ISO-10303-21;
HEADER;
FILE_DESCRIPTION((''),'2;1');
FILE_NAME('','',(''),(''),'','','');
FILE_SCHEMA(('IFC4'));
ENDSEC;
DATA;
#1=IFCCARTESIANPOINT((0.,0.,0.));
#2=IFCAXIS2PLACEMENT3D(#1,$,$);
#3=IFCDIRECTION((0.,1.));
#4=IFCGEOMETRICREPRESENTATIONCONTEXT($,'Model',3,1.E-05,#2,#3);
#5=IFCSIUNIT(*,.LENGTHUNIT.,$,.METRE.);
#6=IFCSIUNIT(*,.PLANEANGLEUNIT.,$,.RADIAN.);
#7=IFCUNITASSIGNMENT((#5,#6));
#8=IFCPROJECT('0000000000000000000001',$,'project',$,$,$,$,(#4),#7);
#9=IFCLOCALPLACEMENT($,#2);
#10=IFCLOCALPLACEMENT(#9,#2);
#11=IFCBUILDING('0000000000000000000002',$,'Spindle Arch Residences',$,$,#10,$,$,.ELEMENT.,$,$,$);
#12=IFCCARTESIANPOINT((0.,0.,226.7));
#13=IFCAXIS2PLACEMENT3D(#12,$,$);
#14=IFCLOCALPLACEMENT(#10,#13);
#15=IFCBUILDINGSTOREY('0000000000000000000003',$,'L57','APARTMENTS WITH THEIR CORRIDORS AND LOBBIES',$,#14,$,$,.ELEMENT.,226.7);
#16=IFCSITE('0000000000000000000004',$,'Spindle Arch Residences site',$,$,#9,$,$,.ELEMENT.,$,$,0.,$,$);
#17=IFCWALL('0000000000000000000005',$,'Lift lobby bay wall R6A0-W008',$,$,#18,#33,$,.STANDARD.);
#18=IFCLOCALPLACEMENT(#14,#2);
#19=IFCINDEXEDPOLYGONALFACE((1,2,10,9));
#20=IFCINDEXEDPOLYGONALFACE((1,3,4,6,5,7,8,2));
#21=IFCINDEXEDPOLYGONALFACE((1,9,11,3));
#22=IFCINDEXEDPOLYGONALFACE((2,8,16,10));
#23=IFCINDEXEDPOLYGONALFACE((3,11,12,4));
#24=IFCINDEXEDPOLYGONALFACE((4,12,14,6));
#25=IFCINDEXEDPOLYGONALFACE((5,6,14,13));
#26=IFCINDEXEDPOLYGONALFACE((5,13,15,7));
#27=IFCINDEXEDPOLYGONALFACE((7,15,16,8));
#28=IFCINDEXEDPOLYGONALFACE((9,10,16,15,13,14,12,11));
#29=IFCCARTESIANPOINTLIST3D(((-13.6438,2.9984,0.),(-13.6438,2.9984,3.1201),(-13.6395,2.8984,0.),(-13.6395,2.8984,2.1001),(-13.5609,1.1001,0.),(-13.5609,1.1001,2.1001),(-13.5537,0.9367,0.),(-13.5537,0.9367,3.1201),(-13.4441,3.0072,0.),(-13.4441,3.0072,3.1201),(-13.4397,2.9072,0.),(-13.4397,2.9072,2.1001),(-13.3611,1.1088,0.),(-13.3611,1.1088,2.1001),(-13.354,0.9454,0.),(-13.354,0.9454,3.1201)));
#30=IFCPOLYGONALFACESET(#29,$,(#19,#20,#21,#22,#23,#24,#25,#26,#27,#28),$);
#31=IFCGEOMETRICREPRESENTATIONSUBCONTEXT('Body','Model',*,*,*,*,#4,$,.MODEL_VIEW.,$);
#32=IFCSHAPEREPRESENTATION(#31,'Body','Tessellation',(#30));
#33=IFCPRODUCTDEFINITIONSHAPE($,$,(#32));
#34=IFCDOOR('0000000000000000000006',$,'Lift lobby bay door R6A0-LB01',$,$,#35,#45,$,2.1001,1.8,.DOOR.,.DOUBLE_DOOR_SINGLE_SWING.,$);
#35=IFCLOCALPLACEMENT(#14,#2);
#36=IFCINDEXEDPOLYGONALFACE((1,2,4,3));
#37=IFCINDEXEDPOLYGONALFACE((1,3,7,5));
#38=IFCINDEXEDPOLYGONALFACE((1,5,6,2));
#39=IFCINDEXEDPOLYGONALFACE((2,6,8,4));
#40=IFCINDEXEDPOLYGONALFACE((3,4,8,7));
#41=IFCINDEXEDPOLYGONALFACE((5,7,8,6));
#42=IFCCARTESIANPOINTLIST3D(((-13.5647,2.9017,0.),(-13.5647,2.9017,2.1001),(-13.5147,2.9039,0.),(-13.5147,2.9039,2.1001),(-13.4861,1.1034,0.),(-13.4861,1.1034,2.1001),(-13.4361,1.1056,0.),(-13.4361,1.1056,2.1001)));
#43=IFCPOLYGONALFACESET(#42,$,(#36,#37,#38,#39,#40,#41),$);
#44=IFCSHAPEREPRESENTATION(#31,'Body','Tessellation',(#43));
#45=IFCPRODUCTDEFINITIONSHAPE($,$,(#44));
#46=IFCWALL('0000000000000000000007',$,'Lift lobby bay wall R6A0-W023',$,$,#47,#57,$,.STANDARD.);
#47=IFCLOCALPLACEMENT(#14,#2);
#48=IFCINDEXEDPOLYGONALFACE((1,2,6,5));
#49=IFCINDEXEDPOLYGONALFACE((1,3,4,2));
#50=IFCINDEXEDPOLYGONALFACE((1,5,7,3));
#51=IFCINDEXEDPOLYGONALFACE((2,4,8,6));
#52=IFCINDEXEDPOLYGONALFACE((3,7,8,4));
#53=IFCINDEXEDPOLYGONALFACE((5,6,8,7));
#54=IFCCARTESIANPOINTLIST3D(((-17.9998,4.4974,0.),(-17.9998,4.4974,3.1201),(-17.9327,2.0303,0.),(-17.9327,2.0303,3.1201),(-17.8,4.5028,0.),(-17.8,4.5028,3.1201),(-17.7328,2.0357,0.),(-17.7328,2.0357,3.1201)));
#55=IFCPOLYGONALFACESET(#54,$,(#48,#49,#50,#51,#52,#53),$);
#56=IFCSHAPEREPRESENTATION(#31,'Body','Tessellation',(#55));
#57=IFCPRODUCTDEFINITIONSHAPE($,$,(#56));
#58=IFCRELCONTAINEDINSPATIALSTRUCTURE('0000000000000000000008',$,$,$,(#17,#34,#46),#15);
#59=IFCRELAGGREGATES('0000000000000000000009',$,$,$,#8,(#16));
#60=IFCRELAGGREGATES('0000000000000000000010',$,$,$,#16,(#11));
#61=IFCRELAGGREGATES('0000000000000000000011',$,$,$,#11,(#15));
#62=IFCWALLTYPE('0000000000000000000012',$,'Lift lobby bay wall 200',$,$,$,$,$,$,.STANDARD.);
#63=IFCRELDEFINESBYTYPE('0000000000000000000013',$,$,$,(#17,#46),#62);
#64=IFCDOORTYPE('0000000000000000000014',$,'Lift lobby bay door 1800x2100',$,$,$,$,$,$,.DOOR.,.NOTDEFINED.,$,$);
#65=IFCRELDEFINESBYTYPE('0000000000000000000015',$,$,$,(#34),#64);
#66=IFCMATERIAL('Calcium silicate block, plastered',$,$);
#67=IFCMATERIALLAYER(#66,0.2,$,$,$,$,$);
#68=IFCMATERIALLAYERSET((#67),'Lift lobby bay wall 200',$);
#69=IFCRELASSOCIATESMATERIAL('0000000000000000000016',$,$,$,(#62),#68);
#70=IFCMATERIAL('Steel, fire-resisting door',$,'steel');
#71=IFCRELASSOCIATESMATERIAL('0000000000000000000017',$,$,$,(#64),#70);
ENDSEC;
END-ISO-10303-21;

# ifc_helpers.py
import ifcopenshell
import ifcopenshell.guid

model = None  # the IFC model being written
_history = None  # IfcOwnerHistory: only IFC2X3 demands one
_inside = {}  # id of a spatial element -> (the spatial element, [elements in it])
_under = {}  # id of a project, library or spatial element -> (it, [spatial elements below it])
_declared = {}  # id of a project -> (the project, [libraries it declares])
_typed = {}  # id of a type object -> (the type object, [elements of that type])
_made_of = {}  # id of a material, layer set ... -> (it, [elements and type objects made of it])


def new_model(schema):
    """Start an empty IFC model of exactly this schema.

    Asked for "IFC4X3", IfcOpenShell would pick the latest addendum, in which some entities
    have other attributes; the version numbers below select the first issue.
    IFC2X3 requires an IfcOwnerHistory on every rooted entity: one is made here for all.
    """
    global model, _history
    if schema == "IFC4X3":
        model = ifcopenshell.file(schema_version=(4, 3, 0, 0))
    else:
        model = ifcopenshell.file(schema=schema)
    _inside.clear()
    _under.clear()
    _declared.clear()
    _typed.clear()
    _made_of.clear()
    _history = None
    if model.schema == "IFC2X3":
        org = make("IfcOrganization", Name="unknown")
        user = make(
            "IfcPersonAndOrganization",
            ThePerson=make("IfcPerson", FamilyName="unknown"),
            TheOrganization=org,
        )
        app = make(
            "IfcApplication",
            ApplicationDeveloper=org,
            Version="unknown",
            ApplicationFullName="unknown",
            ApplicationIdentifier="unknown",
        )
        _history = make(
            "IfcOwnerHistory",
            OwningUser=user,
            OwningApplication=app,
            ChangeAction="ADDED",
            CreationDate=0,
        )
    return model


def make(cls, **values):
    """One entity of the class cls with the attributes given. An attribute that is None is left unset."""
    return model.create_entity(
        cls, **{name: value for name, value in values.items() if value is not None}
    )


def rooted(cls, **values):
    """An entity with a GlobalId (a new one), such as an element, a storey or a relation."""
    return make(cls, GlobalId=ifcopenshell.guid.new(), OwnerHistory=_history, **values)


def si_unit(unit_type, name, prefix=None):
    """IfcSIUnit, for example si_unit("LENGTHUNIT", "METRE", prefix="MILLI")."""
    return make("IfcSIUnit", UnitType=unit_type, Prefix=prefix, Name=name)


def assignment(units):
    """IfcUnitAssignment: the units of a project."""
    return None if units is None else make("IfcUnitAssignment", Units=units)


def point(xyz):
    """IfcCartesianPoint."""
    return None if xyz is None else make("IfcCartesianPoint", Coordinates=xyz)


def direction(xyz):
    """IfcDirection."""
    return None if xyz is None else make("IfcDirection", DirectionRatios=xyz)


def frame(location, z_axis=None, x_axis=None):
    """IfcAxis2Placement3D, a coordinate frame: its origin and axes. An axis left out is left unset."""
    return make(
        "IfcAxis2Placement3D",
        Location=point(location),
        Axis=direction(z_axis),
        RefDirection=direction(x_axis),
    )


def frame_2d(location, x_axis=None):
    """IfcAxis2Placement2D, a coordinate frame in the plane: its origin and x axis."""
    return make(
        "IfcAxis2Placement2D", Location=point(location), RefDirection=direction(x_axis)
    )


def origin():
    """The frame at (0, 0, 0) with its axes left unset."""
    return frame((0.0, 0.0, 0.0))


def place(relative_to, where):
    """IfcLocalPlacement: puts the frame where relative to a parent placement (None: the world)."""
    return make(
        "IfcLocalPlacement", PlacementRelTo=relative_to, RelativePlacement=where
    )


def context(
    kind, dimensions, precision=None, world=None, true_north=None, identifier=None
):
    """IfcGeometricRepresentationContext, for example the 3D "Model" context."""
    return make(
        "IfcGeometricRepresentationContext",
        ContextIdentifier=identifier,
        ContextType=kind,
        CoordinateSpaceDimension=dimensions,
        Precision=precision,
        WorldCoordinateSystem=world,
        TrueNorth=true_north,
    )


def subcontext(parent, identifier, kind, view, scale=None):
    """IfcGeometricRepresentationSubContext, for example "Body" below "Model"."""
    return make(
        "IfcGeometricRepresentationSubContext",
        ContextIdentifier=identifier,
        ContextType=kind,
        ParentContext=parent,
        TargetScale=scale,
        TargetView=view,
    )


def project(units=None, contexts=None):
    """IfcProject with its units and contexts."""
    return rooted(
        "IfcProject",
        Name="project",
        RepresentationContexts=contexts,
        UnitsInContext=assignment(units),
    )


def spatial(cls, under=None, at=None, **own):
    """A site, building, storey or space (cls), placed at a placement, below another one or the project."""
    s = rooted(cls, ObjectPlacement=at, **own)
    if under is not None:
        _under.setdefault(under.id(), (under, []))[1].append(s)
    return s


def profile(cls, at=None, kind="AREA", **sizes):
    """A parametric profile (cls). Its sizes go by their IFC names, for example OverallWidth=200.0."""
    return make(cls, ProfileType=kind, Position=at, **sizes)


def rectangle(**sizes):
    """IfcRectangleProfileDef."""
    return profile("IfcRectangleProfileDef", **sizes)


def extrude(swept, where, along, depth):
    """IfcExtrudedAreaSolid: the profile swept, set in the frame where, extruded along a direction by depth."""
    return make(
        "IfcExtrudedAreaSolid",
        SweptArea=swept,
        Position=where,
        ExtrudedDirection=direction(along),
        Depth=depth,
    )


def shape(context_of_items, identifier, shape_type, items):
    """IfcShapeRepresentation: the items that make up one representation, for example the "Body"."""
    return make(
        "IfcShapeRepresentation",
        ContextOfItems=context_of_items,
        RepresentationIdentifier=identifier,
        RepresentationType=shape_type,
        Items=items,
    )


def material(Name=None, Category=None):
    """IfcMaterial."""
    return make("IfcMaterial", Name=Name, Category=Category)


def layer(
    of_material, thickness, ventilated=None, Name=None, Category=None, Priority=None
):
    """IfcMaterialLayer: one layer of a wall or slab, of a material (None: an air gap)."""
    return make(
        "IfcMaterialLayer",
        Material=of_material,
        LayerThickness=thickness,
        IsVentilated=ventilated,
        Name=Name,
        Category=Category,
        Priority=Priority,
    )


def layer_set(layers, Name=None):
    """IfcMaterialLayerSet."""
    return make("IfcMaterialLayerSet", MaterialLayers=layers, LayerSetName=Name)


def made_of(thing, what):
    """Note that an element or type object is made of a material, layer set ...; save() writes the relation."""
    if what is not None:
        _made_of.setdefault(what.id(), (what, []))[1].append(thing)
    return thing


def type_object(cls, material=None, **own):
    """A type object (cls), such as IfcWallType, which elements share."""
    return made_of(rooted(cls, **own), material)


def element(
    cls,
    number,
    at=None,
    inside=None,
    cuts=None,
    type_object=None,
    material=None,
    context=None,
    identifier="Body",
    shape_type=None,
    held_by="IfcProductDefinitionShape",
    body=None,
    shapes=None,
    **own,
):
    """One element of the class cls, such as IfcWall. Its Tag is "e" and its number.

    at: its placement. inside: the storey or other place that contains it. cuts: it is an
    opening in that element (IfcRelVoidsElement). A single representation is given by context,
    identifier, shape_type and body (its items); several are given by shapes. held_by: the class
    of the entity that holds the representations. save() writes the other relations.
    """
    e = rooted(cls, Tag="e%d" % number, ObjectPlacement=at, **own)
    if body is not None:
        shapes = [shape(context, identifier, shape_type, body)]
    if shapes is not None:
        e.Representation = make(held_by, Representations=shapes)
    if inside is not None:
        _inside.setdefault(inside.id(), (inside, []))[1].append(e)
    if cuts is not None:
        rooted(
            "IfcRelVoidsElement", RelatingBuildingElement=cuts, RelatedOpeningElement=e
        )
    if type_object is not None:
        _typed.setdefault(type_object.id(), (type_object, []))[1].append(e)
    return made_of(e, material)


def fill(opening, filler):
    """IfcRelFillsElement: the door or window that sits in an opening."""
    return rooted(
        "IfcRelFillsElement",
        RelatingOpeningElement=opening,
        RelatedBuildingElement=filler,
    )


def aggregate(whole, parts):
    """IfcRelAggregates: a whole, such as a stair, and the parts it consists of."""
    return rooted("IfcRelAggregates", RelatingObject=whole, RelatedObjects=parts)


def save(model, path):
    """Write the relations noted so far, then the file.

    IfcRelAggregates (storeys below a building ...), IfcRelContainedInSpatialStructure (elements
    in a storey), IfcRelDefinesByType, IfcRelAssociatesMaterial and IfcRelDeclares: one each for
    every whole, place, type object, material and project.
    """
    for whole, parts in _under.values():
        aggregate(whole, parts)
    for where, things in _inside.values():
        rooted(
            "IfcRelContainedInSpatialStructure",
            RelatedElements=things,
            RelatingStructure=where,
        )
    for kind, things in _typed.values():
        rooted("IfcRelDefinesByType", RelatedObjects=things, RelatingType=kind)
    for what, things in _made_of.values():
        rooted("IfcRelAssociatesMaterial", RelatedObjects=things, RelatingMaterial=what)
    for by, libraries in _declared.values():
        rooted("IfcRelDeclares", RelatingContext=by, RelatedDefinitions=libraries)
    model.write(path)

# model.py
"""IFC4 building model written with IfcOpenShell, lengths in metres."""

from ifc_helpers import new_model, si_unit, direction, frame, frame_2d, origin, place, context, subcontext, project, spatial, rectangle, extrude, material, layer, layer_set, type_object, element, fill, save


model = new_model("IFC4")

# Units and contexts
model_context = context("Model", 3, precision=1e-05, world=origin(), true_north=direction((0.0, 1.0)))
body_context = subcontext(model_context, "Body", "Model", "MODEL_VIEW")
ifc_project = project(units=[si_unit("LENGTHUNIT", "METRE"), si_unit("PLANEANGLEUNIT", "RADIAN")], contexts=[model_context])

# Site, building, storey
site_placement = place(None, origin())
site = spatial("IfcSite", under=ifc_project, at=site_placement, Name="Spindle Arch Residences site", CompositionType="ELEMENT", RefElevation=0.0)
building_placement = place(site_placement, origin())
building = spatial("IfcBuilding", under=site, at=building_placement, Name="Spindle Arch Residences", CompositionType="ELEMENT")
storey_placement = place(building_placement, frame((0.0, 0.0, 226.7)))
storey = spatial("IfcBuildingStorey", under=building, at=storey_placement, Name="L57", Description="APARTMENTS WITH THEIR CORRIDORS AND LOBBIES", CompositionType="ELEMENT", Elevation=226.7)

# Wall, opening, door
ifc_material_1 = material(Name="Calcium silicate block, plastered")
ifc_layer_1 = layer(ifc_material_1, 0.2)
ifc_layer_set_1 = layer_set([ifc_layer_1], Name="Lift lobby bay wall 200")
wall_type_1 = type_object("IfcWallType", Name="Lift lobby bay wall 200", PredefinedType="STANDARD", material=ifc_layer_set_1)
wall_1_placement = place(storey_placement, frame((-13.5439, 3.0027, 0.0), z_axis=(0.0, 0.0, 1.0), x_axis=(0.043653, -0.999047, 0.0)))
wall_1 = element("IfcWall", 1, at=wall_1_placement, inside=storey, type_object=wall_type_1, Name="Lift lobby bay wall R6A0-W008", PredefinedType="STANDARD", context=body_context, shape_type="SweptSolid", body=[
    extrude(rectangle(XDim=2.0637, YDim=0.2, at=frame_2d((1.0317, 0.0))), origin(), (0.0, 0.0, 1.0), 3.1201),
])
opening_1_placement = place(wall_1_placement, frame((0.1001, 0.0, 0.0)))
opening_1 = element("IfcOpeningElement", 2, at=opening_1_placement, cuts=wall_1, PredefinedType="OPENING", context=body_context, shape_type="SweptSolid", body=[
    extrude(rectangle(XDim=1.8, YDim=2.1001, at=frame_2d((0.8999, 1.05))), frame((0.0, 0.1099, 0.0), z_axis=(0.0, -1.0, 0.0), x_axis=(1.0, 0.0, 0.0)), (0.0, 0.0, 1.0), 0.22),
])
ifc_material_2 = material(Name="Steel, fire-resisting door", Category="steel")
door_type_1 = type_object("IfcDoorType", Name="Lift lobby bay door 1800x2100", OperationType="NOTDEFINED", PredefinedType="DOOR", material=ifc_material_2)
door_1_placement = place(opening_1_placement, origin())
door_1 = element("IfcDoor", 3, at=door_1_placement, inside=storey, type_object=door_type_1, Name="Lift lobby bay door R6A0-LB01", OperationType="DOUBLE_DOOR_SINGLE_SWING", OverallHeight=2.1001, OverallWidth=1.8, PredefinedType="DOOR", context=body_context, shape_type="SweptSolid", body=[
    extrude(rectangle(XDim=1.8, YDim=2.1001, at=frame_2d((0.8999, 1.05))), frame((0.0, 0.0249, 0.0), z_axis=(0.0, -1.0, 0.0), x_axis=(1.0, 0.0, 0.0)), (0.0, 0.0, 1.0), 0.05),
])
fill(opening_1, door_1)

# Wall
wall_2_placement = place(storey_placement, frame((-17.8999, 4.5, 0.0), z_axis=(0.0, 0.0, 1.0), x_axis=(0.027204, -0.99963, 0.0)))
element("IfcWall", 4, at=wall_2_placement, inside=storey, type_object=wall_type_1, Name="Lift lobby bay wall R6A0-W023", PredefinedType="STANDARD", context=body_context, shape_type="SweptSolid", body=[
    extrude(rectangle(XDim=2.468, YDim=0.2, at=frame_2d((1.2339, 0.0))), origin(), (0.0, 0.0, 1.0), 3.1201),
])

save(model, "model.ifc")
